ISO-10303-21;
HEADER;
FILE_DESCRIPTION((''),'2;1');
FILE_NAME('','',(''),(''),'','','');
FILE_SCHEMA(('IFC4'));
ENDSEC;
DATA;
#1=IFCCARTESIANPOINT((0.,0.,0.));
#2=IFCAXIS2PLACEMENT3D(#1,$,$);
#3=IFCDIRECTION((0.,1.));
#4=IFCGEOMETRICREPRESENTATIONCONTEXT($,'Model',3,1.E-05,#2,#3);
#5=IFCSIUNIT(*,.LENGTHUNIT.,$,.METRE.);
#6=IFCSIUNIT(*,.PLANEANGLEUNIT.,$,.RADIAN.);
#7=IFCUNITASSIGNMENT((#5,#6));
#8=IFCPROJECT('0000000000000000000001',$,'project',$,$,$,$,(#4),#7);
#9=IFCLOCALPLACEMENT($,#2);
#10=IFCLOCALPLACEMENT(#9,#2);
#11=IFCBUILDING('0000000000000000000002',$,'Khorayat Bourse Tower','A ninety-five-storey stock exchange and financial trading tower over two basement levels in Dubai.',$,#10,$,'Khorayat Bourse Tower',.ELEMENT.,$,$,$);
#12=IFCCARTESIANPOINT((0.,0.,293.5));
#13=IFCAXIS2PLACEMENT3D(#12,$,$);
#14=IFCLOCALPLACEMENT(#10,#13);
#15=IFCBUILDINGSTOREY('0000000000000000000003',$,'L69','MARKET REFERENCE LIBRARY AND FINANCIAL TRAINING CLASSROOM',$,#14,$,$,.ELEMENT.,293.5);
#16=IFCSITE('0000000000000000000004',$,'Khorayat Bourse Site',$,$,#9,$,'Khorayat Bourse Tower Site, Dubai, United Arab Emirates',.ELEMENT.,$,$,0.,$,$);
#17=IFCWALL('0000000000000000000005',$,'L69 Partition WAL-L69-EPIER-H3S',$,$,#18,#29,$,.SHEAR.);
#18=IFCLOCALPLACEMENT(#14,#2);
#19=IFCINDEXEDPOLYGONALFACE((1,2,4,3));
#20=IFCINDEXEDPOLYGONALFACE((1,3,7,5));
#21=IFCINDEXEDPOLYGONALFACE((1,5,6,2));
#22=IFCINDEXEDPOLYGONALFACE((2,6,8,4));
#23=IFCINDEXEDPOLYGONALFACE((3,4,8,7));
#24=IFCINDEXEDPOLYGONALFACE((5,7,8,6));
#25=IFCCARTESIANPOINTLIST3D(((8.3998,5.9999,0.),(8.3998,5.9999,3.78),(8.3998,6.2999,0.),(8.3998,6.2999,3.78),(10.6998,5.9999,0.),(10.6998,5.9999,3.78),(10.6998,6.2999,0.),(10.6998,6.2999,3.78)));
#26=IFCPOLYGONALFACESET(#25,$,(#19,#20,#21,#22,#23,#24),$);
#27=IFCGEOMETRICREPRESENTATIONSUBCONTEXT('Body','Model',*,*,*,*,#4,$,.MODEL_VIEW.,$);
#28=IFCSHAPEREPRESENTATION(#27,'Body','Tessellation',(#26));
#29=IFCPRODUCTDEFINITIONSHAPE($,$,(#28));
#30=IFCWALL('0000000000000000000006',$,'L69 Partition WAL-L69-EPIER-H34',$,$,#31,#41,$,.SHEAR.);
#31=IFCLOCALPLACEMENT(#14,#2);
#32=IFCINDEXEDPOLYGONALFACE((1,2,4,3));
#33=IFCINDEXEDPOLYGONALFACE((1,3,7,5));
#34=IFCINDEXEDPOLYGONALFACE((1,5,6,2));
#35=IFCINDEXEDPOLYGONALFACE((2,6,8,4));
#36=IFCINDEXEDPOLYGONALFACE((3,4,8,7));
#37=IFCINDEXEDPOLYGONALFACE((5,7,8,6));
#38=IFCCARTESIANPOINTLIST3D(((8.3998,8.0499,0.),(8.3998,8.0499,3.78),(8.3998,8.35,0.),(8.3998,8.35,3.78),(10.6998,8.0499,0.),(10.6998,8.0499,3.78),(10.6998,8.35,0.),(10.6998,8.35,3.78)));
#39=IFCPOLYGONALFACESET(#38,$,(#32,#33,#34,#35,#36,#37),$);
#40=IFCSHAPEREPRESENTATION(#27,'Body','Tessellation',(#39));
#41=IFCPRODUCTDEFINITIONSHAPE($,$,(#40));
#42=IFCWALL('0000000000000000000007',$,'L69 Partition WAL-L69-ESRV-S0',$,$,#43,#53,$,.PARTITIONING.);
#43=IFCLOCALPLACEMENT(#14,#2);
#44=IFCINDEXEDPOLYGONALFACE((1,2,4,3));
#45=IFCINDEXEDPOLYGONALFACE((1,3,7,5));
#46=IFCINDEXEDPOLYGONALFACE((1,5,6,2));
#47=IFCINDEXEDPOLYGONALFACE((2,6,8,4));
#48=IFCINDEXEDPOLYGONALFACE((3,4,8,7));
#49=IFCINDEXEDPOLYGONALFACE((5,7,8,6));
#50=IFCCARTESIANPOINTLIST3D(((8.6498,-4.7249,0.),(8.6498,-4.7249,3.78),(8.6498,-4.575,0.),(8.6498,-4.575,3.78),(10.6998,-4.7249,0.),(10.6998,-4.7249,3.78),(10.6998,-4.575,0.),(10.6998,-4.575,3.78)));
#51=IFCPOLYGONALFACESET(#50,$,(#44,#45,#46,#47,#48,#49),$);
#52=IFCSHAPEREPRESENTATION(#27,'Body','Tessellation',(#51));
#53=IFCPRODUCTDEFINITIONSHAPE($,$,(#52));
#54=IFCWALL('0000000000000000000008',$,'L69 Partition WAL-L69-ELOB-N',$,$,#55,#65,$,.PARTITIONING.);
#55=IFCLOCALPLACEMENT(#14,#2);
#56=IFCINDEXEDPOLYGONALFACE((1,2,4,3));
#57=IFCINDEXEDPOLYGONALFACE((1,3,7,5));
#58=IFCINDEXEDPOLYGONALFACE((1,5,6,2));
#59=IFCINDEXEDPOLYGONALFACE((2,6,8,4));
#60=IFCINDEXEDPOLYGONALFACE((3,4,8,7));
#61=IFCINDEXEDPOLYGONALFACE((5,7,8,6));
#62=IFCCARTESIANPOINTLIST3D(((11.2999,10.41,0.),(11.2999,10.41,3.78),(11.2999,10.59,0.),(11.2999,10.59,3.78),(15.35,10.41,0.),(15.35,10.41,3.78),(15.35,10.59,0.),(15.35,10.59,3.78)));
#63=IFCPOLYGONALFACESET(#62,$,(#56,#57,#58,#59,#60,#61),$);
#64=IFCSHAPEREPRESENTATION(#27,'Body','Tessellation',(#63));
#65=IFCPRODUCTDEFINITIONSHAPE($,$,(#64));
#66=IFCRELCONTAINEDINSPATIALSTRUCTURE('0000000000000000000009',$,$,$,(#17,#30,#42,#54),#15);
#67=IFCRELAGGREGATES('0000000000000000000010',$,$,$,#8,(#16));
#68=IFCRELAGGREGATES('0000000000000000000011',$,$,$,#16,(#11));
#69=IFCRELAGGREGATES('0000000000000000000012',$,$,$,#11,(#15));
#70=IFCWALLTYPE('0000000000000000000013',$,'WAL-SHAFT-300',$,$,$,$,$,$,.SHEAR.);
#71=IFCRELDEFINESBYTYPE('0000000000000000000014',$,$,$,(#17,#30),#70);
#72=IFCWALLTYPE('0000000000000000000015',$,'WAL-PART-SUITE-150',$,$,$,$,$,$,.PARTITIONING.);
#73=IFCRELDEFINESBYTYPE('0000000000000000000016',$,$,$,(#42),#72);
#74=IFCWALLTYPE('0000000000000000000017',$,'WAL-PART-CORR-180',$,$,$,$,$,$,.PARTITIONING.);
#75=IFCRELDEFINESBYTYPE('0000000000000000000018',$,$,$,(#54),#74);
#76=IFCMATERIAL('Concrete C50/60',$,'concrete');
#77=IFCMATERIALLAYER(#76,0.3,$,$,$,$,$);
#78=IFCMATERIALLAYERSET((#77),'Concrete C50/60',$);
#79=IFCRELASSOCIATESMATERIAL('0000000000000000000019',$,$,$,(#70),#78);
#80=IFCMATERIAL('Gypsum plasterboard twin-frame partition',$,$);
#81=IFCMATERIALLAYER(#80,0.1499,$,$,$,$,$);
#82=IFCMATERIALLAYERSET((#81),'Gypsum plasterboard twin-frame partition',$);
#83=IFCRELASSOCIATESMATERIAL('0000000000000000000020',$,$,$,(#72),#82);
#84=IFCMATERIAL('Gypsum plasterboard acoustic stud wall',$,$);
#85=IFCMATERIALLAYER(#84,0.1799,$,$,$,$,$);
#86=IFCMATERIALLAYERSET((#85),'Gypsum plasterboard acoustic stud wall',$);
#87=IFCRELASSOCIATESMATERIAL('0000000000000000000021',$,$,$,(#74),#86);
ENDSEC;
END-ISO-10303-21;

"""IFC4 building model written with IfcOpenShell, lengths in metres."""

from ifc_helpers import new_model, si_unit, direction, frame, frame_2d, origin, place, context, subcontext, project, spatial, rectangle, extrude, source, transform, mapped, material, layer, layer_set, type_object, element, save


model = new_model("IFC4")

# Units and contexts
model_context = context("Model", 3, precision=1e-05, world=origin(), true_north=direction((0.0, 1.0)))
body_context = subcontext(model_context, "Body", "Model", "MODEL_VIEW")
ifc_project = project(units=[si_unit("LENGTHUNIT", "METRE"), si_unit("PLANEANGLEUNIT", "RADIAN")], contexts=[model_context])

# Site, building, storey
site_placement = place(None, origin())
site = spatial("IfcSite", under=ifc_project, at=site_placement, Name="Khorayat Bourse Site", LongName="Khorayat Bourse Tower Site, Dubai, United Arab Emirates", CompositionType="ELEMENT", RefElevation=0.0)
building_placement = place(site_placement, origin())
building = spatial("IfcBuilding", under=site, at=building_placement, Name="Khorayat Bourse Tower", Description="A ninety-five-storey stock exchange and financial trading tower over two basement levels in Dubai.", LongName="Khorayat Bourse Tower", CompositionType="ELEMENT")
storey_placement = place(building_placement, frame((0.0, 0.0, 293.5)))
storey = spatial("IfcBuildingStorey", under=building, at=storey_placement, Name="L69", Description="MARKET REFERENCE LIBRARY AND FINANCIAL TRAINING CLASSROOM", CompositionType="ELEMENT", Elevation=293.5)

# Walls
ifc_material_1 = material(Name="Concrete C50/60", Category="concrete")
ifc_layer_1 = layer(ifc_material_1, 0.3)
ifc_layer_set_1 = layer_set([ifc_layer_1], Name="Concrete C50/60")
wall_type_1 = type_object("IfcWallType", Name="WAL-SHAFT-300", PredefinedType="SHEAR", material=ifc_layer_set_1)
shared_shape_1 = source(origin(), body_context, "Body", "SweptSolid", [
    extrude(rectangle(XDim=2.3, YDim=0.3, at=frame_2d((1.1499, 0.0))), origin(), (0.0, 0.0, 1.0), 3.78),
])
for number, where, z_axis, x_axis, name in (
    (1, (8.3999, 6.1499, 0.0), (0.0, 0.0, 1.0), (1.0, 0.0, 0.0), "L69 Partition WAL-L69-EPIER-H3S"),
    (2, (8.3999, 8.2, 0.0), (0.0, 0.0, 1.0), (1.0, 0.0, 0.0), "L69 Partition WAL-L69-EPIER-H34"),
):
    element("IfcWall", number, at=place(storey_placement, frame(where, z_axis=z_axis, x_axis=x_axis)), inside=storey, type_object=wall_type_1, Name=name, PredefinedType="SHEAR", context=body_context, shape_type="MappedRepresentation", body=[
        mapped(shared_shape_1, transform((0.0, 0.0, 0.0), scale=1.0)),
    ])
ifc_material_2 = material(Name="Gypsum plasterboard twin-frame partition")
ifc_layer_2 = layer(ifc_material_2, 0.1499)
ifc_layer_set_2 = layer_set([ifc_layer_2], Name="Gypsum plasterboard twin-frame partition")
wall_type_2 = type_object("IfcWallType", Name="WAL-PART-SUITE-150", PredefinedType="PARTITIONING", material=ifc_layer_set_2)
shared_shape_2 = source(origin(), body_context, "Body", "SweptSolid", [
    extrude(rectangle(XDim=2.05, YDim=0.1499, at=frame_2d((1.0249, 0.0))), origin(), (0.0, 0.0, 1.0), 3.78),
])
wall_1_placement = place(storey_placement, frame((8.6499, -4.6499, 0.0), z_axis=(0.0, 0.0, 1.0), x_axis=(1.0, 0.0, 0.0)))
element("IfcWall", 3, at=wall_1_placement, inside=storey, type_object=wall_type_2, Name="L69 Partition WAL-L69-ESRV-S0", PredefinedType="PARTITIONING", context=body_context, shape_type="MappedRepresentation", body=[
    mapped(shared_shape_2, transform((0.0, 0.0, 0.0), scale=1.0)),
])
ifc_material_3 = material(Name="Gypsum plasterboard acoustic stud wall")
ifc_layer_3 = layer(ifc_material_3, 0.1799)
ifc_layer_set_3 = layer_set([ifc_layer_3], Name="Gypsum plasterboard acoustic stud wall")
wall_type_3 = type_object("IfcWallType", Name="WAL-PART-CORR-180", PredefinedType="PARTITIONING", material=ifc_layer_set_3)
shared_shape_3 = source(origin(), body_context, "Body", "SweptSolid", [
    extrude(rectangle(XDim=4.05, YDim=0.1799, at=frame_2d((2.0249, 0.0))), origin(), (0.0, 0.0, 1.0), 3.78),
])
wall_2_placement = place(storey_placement, frame((11.3, 10.5, 0.0), z_axis=(0.0, 0.0, 1.0), x_axis=(1.0, 0.0, 0.0)))
element("IfcWall", 4, at=wall_2_placement, inside=storey, type_object=wall_type_3, Name="L69 Partition WAL-L69-ELOB-N", PredefinedType="PARTITIONING", context=body_context, shape_type="MappedRepresentation", body=[
    mapped(shared_shape_3, transform((0.0, 0.0, 0.0), scale=1.0)),
])

save(model, "model.ifc")
